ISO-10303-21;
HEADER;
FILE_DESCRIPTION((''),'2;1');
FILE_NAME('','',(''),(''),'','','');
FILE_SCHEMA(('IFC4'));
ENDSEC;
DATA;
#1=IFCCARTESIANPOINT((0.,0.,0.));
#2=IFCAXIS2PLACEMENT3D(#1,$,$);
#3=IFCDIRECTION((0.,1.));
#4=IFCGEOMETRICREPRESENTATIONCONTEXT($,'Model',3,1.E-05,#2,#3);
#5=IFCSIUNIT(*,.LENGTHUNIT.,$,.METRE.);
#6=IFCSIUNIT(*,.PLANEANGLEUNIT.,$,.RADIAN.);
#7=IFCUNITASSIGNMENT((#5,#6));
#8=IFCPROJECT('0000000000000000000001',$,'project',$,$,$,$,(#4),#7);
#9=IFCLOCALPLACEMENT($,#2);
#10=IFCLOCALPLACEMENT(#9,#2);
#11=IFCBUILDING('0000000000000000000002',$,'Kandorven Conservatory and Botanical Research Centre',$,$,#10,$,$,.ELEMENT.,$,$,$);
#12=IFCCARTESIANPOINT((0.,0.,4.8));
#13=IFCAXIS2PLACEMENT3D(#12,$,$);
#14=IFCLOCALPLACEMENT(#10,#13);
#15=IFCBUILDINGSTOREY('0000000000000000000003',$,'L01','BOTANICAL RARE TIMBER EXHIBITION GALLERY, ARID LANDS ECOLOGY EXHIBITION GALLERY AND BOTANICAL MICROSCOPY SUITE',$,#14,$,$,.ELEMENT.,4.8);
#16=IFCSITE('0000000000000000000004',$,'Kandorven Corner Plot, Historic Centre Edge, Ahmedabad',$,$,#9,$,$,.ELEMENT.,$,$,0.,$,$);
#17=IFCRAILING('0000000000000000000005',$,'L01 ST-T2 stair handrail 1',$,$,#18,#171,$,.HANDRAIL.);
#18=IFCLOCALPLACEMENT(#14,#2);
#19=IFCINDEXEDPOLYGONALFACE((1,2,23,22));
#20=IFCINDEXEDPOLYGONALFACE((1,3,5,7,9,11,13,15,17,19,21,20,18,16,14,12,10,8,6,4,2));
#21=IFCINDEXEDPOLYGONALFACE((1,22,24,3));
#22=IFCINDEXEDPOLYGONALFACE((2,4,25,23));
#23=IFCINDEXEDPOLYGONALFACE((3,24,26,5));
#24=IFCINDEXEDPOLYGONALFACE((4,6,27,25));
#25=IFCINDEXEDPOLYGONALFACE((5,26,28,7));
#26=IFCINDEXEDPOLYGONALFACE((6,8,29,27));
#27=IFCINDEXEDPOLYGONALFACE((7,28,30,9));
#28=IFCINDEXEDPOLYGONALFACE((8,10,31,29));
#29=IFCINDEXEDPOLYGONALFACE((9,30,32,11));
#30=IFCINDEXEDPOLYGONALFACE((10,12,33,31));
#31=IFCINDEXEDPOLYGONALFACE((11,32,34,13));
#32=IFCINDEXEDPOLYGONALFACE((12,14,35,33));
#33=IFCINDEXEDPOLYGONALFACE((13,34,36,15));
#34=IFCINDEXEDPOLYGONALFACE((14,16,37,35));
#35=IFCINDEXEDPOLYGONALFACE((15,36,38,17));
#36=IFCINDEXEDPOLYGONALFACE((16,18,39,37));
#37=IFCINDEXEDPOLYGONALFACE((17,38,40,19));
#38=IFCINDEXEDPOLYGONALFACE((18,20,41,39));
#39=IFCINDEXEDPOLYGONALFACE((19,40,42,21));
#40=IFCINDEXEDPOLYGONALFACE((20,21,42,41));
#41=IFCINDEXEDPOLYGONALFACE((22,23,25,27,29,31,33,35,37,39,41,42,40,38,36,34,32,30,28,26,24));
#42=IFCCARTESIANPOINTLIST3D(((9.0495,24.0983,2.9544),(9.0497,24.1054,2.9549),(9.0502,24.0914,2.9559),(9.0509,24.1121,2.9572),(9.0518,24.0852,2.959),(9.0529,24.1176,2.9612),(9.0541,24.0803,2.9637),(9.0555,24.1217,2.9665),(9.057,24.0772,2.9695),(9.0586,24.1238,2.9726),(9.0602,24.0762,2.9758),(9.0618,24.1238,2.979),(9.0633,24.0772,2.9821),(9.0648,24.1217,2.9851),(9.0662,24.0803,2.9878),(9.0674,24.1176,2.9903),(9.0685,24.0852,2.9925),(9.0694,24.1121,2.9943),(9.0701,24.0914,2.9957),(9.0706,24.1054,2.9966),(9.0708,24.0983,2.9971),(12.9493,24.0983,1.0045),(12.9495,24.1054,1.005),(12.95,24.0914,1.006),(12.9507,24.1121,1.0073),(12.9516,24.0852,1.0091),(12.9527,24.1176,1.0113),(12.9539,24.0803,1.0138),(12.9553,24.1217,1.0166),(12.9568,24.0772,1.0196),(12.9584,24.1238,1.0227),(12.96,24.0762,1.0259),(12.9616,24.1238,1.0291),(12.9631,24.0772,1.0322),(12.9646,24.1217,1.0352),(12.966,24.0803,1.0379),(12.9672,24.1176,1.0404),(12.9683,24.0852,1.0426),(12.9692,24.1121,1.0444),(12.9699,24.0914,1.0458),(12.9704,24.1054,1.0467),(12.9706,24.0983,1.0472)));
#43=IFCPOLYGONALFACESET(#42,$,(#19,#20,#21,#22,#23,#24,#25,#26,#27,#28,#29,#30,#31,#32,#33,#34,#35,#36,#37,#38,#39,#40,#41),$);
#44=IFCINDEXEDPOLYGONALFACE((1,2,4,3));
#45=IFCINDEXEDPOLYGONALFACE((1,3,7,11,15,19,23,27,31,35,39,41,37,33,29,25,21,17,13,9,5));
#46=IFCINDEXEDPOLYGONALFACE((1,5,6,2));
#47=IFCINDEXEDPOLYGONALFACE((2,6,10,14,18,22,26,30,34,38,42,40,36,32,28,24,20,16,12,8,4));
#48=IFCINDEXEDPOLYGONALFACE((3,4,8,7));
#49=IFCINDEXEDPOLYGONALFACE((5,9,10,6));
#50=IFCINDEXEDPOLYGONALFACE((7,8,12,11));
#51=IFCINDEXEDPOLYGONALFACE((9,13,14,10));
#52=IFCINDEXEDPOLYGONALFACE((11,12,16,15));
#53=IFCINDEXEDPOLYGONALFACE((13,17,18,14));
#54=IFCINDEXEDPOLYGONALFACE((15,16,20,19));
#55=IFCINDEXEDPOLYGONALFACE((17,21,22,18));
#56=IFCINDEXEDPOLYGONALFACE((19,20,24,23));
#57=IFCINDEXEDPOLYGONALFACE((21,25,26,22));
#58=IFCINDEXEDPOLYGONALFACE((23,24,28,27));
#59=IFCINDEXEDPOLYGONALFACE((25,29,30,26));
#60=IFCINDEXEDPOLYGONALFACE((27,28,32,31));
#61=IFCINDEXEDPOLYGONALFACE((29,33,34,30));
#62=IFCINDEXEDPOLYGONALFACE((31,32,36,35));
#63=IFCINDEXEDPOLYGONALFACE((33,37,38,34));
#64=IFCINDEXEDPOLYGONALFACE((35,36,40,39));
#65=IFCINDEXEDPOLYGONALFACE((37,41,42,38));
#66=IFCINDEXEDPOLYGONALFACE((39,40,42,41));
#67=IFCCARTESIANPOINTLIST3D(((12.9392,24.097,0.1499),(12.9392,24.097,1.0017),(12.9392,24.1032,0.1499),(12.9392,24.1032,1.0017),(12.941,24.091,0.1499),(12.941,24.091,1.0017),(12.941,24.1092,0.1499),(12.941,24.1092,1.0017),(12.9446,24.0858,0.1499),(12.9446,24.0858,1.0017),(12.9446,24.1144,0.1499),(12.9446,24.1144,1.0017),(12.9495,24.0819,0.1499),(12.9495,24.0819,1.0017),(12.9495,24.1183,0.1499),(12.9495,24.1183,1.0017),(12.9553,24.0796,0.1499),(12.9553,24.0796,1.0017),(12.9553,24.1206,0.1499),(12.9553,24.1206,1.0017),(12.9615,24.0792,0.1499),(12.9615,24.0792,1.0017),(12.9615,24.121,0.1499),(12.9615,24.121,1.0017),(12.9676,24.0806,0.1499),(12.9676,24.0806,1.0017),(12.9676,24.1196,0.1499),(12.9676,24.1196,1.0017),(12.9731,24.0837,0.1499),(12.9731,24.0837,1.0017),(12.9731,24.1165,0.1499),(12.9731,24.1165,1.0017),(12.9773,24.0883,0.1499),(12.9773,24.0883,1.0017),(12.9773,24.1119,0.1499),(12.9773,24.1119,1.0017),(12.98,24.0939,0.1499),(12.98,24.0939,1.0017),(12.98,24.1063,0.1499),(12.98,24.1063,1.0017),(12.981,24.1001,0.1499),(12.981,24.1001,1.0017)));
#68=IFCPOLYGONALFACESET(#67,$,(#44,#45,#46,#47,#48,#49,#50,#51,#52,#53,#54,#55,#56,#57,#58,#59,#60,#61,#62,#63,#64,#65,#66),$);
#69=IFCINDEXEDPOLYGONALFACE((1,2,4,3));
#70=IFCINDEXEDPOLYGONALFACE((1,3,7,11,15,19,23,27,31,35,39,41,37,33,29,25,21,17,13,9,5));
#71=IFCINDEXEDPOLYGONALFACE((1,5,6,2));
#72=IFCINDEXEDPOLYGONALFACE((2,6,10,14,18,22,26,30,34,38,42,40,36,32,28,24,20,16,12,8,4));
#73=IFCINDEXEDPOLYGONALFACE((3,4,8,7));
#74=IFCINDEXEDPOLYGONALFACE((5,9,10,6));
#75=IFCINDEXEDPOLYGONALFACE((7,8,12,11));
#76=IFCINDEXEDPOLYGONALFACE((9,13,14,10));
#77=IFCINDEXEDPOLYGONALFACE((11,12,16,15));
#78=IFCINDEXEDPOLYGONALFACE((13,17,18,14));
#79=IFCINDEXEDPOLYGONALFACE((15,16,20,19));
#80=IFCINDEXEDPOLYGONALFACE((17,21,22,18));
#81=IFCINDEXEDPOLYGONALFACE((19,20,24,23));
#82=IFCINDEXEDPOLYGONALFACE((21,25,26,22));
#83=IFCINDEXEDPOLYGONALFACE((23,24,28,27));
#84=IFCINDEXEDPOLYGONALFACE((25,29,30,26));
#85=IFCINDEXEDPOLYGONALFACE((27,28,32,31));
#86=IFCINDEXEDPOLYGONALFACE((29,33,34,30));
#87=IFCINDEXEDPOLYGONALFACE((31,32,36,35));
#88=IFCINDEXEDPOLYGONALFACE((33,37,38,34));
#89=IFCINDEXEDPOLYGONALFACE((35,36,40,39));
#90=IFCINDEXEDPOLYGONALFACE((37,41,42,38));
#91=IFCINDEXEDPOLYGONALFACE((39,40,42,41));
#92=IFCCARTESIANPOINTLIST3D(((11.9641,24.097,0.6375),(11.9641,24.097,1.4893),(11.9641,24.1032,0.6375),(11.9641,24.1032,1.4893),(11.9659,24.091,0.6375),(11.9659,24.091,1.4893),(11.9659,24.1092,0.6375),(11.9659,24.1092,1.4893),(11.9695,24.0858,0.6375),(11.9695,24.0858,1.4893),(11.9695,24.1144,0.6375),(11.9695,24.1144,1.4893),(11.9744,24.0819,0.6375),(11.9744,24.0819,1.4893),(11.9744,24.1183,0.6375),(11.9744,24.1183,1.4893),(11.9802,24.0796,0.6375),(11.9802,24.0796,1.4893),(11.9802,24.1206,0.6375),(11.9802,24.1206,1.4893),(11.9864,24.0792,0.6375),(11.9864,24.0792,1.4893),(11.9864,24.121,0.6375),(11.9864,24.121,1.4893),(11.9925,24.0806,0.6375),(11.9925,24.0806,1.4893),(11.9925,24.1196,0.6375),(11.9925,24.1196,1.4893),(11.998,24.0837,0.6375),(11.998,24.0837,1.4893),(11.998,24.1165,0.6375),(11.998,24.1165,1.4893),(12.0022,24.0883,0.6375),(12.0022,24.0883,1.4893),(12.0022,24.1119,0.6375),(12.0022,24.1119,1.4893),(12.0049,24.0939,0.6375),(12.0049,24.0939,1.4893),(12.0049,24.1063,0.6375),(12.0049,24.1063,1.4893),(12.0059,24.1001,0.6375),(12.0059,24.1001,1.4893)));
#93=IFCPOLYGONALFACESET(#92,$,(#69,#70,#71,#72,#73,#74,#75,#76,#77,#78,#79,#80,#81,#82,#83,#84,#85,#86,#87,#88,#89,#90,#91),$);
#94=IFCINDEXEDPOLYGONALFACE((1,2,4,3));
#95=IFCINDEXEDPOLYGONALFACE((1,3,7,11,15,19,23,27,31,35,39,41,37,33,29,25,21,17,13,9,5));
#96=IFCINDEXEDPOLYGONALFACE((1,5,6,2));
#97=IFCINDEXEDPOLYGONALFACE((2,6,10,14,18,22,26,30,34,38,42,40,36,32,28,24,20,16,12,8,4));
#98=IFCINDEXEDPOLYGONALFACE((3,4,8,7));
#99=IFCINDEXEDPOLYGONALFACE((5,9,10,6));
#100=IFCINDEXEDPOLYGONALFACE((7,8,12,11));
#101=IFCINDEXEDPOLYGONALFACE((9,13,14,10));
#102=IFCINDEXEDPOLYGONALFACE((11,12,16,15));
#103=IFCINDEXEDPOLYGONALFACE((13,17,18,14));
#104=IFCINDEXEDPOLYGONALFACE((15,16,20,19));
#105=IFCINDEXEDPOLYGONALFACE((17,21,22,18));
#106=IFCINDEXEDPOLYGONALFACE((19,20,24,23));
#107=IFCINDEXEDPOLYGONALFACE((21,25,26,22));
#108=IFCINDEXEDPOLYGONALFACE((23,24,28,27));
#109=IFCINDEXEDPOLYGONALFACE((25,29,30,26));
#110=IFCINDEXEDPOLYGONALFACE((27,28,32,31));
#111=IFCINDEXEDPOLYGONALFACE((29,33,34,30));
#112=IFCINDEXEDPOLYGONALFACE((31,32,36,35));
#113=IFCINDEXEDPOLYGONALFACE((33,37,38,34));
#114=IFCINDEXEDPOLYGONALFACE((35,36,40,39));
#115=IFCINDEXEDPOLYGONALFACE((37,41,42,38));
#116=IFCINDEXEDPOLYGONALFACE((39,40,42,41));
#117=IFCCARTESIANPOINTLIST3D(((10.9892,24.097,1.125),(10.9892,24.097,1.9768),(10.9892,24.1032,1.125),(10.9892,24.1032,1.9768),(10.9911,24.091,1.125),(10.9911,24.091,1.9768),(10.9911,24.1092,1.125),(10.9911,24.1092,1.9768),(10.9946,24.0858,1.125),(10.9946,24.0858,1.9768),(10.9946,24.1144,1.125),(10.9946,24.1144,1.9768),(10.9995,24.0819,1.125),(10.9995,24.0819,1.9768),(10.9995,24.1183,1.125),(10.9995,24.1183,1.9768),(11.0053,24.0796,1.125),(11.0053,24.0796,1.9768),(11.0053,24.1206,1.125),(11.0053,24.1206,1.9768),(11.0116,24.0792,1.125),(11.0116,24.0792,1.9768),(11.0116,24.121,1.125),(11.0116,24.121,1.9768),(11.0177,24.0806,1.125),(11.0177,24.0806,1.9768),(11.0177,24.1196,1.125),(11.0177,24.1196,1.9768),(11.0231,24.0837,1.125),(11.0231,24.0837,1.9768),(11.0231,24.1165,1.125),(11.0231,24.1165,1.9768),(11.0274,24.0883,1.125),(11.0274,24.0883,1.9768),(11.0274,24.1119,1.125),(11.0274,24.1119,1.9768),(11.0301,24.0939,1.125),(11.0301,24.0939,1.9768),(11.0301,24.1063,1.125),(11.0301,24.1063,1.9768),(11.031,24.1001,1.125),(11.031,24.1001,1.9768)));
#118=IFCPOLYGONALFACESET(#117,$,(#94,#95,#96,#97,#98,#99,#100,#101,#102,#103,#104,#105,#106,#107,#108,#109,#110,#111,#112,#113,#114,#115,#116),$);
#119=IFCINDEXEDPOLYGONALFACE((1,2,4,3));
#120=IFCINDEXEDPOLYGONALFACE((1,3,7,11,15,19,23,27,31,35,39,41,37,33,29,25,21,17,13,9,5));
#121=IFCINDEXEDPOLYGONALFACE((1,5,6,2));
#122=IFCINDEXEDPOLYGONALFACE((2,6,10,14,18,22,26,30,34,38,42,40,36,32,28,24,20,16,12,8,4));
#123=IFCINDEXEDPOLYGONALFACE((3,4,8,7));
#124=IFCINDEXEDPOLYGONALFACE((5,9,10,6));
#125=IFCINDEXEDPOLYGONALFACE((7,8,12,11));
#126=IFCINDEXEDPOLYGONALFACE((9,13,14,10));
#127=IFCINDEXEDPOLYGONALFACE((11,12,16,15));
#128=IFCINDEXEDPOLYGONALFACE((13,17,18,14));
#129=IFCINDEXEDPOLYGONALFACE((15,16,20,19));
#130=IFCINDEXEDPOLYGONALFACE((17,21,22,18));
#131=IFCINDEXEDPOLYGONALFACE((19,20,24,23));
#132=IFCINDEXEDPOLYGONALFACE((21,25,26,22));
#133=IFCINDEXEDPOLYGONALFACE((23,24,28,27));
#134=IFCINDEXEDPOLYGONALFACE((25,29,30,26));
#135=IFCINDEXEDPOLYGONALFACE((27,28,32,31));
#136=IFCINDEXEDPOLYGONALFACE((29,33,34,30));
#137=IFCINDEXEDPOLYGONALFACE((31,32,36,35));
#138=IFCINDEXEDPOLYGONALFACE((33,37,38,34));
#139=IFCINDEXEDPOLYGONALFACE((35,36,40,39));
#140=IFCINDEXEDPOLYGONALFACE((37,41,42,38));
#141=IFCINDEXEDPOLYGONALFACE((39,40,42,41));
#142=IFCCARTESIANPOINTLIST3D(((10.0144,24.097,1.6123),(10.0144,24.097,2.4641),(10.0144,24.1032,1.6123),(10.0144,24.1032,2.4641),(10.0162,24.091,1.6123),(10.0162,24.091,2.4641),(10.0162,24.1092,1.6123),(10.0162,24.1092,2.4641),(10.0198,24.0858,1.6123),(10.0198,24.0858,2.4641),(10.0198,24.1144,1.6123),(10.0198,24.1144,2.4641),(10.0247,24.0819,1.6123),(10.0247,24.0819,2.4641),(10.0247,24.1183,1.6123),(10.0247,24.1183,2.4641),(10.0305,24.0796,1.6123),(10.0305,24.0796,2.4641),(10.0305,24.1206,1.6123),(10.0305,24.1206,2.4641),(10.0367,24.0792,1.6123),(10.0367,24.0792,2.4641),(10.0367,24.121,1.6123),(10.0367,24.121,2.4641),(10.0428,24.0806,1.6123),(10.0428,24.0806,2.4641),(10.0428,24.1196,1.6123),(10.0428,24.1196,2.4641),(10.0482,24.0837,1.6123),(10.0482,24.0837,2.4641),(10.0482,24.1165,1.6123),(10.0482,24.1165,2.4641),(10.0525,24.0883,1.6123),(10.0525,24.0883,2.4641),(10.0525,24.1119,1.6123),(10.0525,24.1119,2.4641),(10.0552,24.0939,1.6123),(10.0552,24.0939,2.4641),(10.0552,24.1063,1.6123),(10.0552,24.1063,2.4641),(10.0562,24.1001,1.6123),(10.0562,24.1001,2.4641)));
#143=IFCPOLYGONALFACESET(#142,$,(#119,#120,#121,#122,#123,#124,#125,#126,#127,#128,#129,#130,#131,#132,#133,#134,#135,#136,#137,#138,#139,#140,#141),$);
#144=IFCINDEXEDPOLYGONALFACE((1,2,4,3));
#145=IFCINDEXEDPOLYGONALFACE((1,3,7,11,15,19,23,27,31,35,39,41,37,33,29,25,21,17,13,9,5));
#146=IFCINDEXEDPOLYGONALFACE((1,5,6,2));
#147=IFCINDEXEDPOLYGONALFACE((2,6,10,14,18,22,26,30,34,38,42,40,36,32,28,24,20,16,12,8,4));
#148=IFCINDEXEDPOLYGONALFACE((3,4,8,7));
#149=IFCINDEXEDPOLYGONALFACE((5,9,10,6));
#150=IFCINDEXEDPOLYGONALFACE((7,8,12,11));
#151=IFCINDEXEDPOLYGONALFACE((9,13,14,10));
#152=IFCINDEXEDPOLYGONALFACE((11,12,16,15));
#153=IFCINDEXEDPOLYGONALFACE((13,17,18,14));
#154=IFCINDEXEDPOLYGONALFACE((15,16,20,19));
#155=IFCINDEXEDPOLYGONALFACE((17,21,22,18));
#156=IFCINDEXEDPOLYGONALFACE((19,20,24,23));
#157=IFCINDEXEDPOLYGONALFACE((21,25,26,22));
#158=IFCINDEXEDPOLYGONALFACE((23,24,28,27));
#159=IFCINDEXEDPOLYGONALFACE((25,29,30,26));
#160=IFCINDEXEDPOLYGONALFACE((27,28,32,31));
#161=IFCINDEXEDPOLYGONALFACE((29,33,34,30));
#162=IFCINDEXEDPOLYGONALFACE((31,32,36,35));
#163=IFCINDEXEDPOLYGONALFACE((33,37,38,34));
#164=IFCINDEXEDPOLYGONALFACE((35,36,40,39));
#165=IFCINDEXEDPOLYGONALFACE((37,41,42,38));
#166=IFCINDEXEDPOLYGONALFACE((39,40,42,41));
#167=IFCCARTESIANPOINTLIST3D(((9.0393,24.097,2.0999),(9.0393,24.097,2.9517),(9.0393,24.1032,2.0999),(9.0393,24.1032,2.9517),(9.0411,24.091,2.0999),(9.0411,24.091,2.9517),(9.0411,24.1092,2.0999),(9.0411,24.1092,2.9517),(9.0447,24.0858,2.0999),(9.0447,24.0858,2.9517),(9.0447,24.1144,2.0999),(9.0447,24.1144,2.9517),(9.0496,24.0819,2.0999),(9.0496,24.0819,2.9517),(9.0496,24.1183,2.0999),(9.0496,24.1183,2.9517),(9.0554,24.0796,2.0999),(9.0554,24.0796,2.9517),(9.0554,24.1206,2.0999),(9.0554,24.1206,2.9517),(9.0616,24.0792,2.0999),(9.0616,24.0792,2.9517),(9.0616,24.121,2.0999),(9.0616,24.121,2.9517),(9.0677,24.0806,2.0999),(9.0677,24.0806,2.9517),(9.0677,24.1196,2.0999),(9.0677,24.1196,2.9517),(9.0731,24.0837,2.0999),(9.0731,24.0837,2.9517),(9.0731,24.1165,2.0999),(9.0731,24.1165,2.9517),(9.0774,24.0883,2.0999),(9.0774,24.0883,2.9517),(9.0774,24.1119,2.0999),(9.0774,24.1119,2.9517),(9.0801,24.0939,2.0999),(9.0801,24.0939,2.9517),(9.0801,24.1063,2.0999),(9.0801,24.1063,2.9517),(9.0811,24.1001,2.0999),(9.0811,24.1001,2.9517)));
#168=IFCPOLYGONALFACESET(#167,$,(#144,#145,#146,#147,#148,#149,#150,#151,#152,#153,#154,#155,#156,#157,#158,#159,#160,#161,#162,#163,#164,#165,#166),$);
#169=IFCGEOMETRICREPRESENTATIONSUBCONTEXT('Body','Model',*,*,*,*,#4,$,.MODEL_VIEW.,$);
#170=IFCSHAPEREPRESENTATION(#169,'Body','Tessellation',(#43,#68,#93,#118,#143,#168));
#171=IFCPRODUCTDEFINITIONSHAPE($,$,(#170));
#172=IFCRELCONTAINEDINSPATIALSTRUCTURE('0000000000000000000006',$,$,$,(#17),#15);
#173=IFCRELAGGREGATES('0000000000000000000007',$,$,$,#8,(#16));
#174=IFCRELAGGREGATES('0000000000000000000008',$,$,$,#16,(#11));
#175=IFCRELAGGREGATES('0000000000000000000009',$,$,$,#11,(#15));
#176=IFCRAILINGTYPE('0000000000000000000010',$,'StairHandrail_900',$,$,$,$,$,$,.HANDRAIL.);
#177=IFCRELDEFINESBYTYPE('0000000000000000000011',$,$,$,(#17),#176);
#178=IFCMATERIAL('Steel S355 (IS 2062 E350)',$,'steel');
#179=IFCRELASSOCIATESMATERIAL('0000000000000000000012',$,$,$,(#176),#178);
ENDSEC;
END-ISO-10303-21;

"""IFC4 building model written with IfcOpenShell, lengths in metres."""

from ifc_helpers import new_model, si_unit, direction, frame, origin, origin_2d, place, context, subcontext, project, spatial, circle, extrude, material, type_object, element, save


model = new_model("IFC4")

# Units and contexts
model_context = context("Model", 3, precision=1e-05, world=origin(), true_north=direction((0.0, 1.0)))
body_context = subcontext(model_context, "Body", "Model", "MODEL_VIEW")
ifc_project = project(units=[si_unit("LENGTHUNIT", "METRE"), si_unit("PLANEANGLEUNIT", "RADIAN")], contexts=[model_context])

# Site, building, storey
site_placement = place(None, origin())
site = spatial("IfcSite", under=ifc_project, at=site_placement, Name="Kandorven Corner Plot, Historic Centre Edge, Ahmedabad", CompositionType="ELEMENT", RefElevation=0.0)
building_placement = place(site_placement, origin())
building = spatial("IfcBuilding", under=site, at=building_placement, Name="Kandorven Conservatory and Botanical Research Centre", CompositionType="ELEMENT")
storey_placement = place(building_placement, frame((0.0, 0.0, 4.8)))
storey = spatial("IfcBuildingStorey", under=building, at=storey_placement, Name="L01", Description="BOTANICAL RARE TIMBER EXHIBITION GALLERY, ARID LANDS ECOLOGY EXHIBITION GALLERY AND BOTANICAL MICROSCOPY SUITE", CompositionType="ELEMENT", Elevation=4.8)

# Railing
ifc_material_1 = material(Name="Steel S355 (IS 2062 E350)", Category="steel")
railing_type_1 = type_object("IfcRailingType", Name="StairHandrail_900", PredefinedType="HANDRAIL", material=ifc_material_1)
railing_1_placement = place(storey_placement, frame((12.96, 24.1001, 0.1499)))
element("IfcRailing", 1, at=railing_1_placement, inside=storey, type_object=railing_type_1, Name="L01 ST-T2 stair handrail 1", PredefinedType="HANDRAIL", context=body_context, shape_type="SweptSolid", body=[
    extrude(circle(Radius=0.0239, at=origin_2d()), frame((0.0, 0.0, 0.876), z_axis=(-0.894427, 0.0, 0.447214), x_axis=(0.0, -1.0, 0.0)), (0.0, 0.0, 1.0), 4.3601),
    extrude(circle(Radius=0.021, at=origin_2d()), origin(), (0.0, 0.0, 1.0), 0.8518),
    extrude(circle(Radius=0.021, at=origin_2d()), frame((-0.9751, 0.0, 0.4875)), (0.0, 0.0, 1.0), 0.8518),
    extrude(circle(Radius=0.021, at=origin_2d()), frame((-1.95, 0.0, 0.9751)), (0.0, 0.0, 1.0), 0.8518),
    extrude(circle(Radius=0.021, at=origin_2d()), frame((-2.9248, 0.0, 1.4624)), (0.0, 0.0, 1.0), 0.8518),
    extrude(circle(Radius=0.021, at=origin_2d()), frame((-3.8999, 0.0, 1.95)), (0.0, 0.0, 1.0), 0.8518),
])

save(model, "model.ifc")
